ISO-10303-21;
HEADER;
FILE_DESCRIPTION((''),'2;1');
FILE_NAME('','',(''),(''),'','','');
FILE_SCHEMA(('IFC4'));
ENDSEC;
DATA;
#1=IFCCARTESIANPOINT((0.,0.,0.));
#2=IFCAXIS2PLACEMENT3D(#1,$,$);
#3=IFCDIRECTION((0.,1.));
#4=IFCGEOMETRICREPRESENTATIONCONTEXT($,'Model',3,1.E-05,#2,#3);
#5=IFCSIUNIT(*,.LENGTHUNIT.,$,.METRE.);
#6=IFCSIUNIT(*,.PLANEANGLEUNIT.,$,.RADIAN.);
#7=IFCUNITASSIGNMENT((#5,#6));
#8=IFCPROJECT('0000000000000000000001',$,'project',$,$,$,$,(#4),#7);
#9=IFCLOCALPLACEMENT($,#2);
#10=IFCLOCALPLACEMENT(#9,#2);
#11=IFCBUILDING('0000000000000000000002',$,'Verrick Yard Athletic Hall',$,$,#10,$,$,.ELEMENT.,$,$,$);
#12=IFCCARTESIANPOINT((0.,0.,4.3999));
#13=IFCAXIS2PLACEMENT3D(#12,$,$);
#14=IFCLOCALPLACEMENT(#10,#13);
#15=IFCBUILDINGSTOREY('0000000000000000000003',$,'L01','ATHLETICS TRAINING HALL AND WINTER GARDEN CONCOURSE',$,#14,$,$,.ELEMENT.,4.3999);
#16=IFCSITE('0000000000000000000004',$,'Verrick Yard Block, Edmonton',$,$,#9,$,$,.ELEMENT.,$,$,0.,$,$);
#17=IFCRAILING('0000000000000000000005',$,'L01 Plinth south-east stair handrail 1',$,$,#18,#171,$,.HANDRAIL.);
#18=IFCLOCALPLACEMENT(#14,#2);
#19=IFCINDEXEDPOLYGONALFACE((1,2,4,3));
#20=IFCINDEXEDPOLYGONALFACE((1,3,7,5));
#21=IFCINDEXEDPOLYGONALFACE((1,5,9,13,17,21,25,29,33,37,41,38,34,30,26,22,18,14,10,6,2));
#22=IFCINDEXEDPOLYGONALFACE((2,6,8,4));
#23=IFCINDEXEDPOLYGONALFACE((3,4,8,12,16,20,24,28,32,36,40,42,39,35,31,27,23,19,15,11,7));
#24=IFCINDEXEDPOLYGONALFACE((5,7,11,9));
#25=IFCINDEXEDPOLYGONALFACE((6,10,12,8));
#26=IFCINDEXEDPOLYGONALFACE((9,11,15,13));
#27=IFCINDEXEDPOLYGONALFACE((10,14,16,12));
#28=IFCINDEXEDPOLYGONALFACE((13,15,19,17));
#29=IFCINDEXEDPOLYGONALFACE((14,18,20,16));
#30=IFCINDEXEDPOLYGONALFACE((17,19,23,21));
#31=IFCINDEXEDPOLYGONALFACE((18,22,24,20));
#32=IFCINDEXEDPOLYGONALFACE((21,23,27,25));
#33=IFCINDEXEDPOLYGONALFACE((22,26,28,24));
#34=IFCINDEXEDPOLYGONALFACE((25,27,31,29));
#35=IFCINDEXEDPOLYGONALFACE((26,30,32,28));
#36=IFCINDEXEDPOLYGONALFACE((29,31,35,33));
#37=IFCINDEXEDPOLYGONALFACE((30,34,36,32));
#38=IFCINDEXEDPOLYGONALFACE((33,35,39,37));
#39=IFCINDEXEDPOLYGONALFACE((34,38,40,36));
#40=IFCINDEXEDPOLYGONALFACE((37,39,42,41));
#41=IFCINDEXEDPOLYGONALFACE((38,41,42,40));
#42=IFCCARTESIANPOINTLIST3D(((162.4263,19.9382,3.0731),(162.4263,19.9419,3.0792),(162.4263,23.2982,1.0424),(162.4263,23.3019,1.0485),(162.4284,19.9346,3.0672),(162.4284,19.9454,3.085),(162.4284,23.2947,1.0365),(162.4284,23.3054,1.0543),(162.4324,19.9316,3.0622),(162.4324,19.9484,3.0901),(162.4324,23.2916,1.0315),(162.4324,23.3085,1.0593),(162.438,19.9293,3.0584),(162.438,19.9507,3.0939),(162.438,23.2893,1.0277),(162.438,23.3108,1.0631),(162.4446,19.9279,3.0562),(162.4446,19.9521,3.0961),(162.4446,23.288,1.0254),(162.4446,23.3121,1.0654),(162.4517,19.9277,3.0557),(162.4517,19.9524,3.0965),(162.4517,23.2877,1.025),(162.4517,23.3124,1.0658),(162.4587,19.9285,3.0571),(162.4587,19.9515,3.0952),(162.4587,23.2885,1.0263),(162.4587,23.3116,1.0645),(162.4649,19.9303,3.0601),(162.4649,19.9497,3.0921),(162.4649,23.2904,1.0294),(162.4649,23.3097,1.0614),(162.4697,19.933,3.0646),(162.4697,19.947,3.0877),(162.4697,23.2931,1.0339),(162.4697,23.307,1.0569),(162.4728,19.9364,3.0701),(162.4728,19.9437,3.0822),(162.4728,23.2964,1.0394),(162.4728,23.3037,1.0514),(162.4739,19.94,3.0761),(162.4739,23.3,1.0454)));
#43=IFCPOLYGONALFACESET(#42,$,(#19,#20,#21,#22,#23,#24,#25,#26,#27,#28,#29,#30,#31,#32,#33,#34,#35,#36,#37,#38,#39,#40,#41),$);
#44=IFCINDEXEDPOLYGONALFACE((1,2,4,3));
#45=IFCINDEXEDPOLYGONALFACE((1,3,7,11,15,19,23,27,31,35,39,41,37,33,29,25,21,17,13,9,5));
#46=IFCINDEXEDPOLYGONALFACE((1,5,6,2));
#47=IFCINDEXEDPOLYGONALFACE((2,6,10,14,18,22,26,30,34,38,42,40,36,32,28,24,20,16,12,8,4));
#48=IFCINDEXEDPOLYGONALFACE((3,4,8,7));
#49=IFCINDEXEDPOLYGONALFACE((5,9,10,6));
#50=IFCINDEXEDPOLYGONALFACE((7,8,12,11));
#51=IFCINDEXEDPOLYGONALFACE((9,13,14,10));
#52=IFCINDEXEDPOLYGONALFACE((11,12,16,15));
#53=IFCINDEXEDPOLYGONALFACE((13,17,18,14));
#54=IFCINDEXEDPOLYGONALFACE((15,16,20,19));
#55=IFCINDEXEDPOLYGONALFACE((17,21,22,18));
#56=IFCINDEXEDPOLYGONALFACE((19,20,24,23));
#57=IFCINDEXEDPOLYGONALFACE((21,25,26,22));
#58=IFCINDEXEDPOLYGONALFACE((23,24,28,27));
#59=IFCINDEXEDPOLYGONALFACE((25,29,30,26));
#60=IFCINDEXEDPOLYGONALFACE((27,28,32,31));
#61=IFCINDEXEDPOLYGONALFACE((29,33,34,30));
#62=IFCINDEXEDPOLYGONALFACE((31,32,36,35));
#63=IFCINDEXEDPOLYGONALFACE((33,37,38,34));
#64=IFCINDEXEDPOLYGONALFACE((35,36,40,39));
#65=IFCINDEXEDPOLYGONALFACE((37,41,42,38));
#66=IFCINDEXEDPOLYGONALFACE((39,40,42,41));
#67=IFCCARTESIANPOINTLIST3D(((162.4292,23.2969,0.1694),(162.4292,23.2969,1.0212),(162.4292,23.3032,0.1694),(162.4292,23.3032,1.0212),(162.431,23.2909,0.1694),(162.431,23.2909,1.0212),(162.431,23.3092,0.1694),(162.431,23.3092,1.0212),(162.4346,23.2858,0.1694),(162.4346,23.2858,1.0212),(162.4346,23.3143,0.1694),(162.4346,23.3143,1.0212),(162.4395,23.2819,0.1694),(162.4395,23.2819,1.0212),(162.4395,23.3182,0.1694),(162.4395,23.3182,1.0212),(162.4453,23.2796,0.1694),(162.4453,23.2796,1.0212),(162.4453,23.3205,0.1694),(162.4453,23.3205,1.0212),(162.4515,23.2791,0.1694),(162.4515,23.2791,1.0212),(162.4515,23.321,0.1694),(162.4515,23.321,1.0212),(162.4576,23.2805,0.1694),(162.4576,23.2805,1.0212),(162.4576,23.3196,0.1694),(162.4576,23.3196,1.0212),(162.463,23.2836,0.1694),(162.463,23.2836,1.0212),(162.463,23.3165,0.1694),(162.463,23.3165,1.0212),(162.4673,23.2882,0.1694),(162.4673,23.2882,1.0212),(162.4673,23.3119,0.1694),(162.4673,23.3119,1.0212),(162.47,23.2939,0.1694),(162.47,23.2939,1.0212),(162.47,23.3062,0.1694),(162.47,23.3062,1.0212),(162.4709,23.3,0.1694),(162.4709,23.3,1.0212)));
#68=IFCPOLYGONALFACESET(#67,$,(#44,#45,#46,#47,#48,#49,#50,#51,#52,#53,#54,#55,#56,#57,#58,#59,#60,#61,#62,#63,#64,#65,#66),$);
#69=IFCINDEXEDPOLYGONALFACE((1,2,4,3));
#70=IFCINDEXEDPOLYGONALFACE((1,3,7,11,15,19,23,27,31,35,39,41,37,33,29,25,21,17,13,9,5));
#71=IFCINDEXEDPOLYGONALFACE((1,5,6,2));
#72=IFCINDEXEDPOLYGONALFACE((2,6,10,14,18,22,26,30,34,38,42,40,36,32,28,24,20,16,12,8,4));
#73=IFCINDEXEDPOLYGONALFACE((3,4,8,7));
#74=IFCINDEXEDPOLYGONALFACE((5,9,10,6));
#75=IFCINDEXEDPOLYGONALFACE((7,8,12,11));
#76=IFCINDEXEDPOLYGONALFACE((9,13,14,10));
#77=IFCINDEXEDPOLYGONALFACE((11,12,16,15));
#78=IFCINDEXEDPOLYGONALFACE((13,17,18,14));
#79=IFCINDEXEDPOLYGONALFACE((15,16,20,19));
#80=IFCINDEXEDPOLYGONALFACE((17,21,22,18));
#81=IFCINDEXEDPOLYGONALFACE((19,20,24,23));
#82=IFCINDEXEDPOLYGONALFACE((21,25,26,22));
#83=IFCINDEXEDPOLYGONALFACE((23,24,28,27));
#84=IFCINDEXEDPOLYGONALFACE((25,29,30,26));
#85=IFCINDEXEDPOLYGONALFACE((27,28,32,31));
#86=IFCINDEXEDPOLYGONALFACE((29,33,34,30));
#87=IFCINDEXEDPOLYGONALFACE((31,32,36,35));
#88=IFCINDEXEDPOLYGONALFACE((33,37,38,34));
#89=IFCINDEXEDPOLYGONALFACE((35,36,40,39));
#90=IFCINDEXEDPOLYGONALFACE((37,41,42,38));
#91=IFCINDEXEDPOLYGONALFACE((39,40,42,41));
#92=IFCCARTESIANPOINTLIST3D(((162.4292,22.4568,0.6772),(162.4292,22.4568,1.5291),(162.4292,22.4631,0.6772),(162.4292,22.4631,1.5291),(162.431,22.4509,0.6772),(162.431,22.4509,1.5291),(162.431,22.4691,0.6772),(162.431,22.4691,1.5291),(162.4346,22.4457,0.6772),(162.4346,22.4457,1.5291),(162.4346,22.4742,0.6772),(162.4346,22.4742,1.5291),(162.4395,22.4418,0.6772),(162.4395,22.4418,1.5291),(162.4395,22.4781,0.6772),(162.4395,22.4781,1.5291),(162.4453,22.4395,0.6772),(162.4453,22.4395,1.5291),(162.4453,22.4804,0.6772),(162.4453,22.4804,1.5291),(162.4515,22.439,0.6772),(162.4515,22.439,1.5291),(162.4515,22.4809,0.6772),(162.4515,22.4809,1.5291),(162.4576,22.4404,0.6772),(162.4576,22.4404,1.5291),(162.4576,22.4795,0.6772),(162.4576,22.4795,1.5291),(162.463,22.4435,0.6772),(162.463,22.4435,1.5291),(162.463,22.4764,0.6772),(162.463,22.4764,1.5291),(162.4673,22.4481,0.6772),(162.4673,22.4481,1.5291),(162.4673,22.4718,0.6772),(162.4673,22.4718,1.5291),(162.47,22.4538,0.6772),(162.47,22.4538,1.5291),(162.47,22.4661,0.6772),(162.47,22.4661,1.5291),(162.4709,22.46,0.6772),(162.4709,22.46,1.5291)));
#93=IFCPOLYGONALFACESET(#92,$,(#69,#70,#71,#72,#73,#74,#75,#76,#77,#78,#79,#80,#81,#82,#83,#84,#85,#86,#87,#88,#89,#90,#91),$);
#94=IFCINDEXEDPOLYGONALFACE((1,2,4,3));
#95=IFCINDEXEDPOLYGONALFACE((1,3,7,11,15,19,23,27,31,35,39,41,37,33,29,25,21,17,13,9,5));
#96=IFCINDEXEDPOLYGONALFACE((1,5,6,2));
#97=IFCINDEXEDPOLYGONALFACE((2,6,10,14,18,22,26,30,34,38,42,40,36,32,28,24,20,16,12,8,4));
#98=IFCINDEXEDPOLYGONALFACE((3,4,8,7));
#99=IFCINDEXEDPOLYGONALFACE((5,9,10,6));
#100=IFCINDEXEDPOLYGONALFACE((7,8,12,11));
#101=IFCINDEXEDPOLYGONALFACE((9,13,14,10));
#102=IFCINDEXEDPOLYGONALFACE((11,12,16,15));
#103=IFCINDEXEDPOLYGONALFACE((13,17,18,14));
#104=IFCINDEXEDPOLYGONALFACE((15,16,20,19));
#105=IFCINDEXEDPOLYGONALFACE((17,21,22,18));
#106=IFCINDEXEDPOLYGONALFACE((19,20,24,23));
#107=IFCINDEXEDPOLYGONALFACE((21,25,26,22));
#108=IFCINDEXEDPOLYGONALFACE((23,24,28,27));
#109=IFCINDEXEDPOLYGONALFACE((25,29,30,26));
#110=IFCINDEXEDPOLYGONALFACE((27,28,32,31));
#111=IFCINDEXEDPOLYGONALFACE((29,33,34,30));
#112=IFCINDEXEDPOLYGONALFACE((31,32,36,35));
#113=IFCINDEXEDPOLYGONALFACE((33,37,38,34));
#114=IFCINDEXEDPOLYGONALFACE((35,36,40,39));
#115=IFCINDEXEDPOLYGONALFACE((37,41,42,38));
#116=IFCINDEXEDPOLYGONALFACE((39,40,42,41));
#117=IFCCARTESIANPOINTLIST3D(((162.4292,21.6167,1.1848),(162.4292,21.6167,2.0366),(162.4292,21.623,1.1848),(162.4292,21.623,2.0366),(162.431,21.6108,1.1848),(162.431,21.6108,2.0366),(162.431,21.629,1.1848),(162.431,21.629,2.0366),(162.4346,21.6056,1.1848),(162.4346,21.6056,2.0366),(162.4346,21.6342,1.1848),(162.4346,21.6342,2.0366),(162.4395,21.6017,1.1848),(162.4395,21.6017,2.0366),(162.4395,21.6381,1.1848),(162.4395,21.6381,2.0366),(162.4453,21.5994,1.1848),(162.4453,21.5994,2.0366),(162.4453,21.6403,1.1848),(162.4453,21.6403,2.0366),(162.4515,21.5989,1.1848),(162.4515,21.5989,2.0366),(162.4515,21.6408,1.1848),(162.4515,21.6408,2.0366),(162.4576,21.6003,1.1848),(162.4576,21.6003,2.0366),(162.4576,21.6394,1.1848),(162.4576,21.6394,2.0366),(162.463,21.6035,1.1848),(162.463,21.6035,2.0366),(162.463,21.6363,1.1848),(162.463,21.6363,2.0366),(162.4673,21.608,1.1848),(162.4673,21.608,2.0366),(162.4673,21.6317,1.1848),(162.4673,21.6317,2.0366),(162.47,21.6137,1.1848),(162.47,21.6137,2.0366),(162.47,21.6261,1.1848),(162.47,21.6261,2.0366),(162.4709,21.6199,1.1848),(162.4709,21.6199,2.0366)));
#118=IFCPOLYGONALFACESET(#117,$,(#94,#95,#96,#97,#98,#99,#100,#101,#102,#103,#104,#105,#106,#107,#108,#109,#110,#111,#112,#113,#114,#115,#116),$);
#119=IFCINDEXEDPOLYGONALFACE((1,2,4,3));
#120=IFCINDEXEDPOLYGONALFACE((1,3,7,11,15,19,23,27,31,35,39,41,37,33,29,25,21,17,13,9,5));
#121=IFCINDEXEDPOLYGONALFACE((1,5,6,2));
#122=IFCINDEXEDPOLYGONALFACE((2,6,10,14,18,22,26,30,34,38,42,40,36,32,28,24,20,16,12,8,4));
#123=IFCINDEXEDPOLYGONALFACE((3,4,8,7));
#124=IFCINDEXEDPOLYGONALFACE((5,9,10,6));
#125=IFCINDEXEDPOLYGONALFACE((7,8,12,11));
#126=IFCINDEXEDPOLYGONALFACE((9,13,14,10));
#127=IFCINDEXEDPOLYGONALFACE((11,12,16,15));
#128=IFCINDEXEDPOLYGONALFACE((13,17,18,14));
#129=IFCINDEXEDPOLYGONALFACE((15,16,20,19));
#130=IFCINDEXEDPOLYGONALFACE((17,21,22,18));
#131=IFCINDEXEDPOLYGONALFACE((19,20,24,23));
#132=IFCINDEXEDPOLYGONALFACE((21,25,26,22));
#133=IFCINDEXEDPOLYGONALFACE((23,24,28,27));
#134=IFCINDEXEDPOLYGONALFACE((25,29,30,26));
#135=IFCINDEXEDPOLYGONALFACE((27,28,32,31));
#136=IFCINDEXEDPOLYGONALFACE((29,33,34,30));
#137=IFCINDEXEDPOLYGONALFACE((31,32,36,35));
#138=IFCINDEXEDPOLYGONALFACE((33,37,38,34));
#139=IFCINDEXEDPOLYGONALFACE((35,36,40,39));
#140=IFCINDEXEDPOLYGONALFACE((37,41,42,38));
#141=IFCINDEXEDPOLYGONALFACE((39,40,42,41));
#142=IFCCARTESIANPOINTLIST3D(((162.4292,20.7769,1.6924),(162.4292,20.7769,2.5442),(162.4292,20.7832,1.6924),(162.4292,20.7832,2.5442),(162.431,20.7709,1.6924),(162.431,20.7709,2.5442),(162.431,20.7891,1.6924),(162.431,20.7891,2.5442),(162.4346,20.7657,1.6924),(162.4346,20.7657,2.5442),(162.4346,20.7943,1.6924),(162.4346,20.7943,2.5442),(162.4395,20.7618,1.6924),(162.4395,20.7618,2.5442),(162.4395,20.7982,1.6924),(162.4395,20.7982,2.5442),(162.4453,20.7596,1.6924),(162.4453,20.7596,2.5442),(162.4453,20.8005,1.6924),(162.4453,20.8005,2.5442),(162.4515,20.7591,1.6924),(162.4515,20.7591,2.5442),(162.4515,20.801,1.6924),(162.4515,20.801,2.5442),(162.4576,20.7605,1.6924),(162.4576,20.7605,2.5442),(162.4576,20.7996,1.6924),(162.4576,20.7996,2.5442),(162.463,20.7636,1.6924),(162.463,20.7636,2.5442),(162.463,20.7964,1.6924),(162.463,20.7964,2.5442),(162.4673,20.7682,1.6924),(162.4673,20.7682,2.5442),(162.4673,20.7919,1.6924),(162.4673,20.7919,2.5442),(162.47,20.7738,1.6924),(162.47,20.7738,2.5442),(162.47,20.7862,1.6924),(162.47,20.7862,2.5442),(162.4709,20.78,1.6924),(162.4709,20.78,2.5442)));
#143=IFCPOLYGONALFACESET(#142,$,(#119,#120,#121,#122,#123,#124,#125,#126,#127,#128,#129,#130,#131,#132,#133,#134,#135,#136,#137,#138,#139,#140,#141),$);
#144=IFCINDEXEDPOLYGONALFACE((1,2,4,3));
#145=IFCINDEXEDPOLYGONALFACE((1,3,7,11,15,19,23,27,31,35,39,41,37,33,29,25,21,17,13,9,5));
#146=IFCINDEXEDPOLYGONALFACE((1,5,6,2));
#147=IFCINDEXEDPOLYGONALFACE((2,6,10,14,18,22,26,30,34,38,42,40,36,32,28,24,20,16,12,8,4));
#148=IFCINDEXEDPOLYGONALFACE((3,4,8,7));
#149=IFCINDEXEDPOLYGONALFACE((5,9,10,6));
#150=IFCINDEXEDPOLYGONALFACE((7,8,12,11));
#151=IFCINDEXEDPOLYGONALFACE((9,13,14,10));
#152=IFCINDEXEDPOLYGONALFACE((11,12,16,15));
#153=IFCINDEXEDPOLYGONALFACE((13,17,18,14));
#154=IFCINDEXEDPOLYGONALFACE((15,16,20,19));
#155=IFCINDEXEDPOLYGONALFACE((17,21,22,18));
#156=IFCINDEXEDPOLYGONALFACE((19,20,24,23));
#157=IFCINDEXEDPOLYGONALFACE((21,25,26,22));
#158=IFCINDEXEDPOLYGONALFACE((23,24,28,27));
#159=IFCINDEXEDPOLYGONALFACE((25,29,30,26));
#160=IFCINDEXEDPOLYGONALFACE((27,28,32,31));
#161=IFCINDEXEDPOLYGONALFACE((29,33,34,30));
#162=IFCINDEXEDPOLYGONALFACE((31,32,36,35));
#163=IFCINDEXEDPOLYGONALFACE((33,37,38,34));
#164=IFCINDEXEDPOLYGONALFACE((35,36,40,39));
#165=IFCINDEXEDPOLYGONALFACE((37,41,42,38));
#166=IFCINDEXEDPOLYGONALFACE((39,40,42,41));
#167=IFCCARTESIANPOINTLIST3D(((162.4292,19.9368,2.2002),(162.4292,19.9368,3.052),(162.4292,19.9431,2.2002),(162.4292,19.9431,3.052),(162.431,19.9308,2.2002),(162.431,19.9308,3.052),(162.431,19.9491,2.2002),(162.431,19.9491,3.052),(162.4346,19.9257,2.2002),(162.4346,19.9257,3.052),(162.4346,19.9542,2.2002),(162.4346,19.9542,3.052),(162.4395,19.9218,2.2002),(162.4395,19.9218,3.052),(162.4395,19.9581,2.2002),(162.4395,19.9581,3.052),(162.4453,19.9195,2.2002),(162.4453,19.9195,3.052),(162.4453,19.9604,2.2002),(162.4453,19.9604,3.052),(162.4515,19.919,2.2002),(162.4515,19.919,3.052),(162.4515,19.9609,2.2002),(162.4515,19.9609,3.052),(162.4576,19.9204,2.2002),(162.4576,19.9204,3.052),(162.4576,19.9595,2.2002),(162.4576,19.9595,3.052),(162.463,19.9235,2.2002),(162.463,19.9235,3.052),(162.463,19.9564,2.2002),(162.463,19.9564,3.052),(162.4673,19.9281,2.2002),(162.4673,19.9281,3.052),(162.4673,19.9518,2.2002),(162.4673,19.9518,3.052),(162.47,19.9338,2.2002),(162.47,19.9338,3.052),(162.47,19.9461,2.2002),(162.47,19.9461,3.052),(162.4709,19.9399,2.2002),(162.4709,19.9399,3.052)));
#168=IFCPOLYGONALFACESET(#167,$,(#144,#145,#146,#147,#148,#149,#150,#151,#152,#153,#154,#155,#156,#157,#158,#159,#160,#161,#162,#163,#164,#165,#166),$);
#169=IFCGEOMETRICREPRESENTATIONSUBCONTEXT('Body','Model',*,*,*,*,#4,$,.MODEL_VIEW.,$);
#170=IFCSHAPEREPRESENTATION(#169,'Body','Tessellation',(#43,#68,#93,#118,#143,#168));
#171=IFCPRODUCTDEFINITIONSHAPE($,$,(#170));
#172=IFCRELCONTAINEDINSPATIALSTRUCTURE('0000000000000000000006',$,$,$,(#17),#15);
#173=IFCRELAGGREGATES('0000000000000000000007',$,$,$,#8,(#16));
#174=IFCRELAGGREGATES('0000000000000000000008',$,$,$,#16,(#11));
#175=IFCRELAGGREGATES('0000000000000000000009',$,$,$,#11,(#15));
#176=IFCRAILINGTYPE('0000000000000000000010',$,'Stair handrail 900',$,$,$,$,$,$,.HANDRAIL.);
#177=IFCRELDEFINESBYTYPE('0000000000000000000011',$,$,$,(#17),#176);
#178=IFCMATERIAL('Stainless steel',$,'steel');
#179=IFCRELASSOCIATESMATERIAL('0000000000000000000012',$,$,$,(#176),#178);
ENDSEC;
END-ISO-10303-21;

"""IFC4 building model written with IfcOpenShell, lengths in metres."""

from ifc_helpers import new_model, si_unit, direction, frame, origin, origin_2d, place, context, subcontext, project, spatial, circle, extrude, material, type_object, element, save


model = new_model("IFC4")

# Units and contexts
model_context = context("Model", 3, precision=1e-05, world=origin(), true_north=direction((0.0, 1.0)))
body_context = subcontext(model_context, "Body", "Model", "MODEL_VIEW")
ifc_project = project(units=[si_unit("LENGTHUNIT", "METRE"), si_unit("PLANEANGLEUNIT", "RADIAN")], contexts=[model_context])

# Site, building, storey
site_placement = place(None, origin())
site = spatial("IfcSite", under=ifc_project, at=site_placement, Name="Verrick Yard Block, Edmonton", CompositionType="ELEMENT", RefElevation=0.0)
building_placement = place(site_placement, origin())
building = spatial("IfcBuilding", under=site, at=building_placement, Name="Verrick Yard Athletic Hall", CompositionType="ELEMENT")
storey_placement = place(building_placement, frame((0.0, 0.0, 4.3999)))
storey = spatial("IfcBuildingStorey", under=building, at=storey_placement, Name="L01", Description="ATHLETICS TRAINING HALL AND WINTER GARDEN CONCOURSE", CompositionType="ELEMENT", Elevation=4.3999)

# Railing
ifc_material_1 = material(Name="Stainless steel", Category="steel")
railing_type_1 = type_object("IfcRailingType", Name="Stair handrail 900", PredefinedType="HANDRAIL", material=ifc_material_1)
railing_1_placement = place(storey_placement, frame((162.45, 23.3, 0.1694)))
element("IfcRailing", 1, at=railing_1_placement, inside=storey, type_object=railing_type_1, Name="L01 Plinth south-east stair handrail 1", PredefinedType="HANDRAIL", context=body_context, shape_type="SweptSolid", body=[
    extrude(circle(Radius=0.0239, at=origin_2d()), frame((0.0, 0.0, 0.876), z_axis=(0.0, -0.855837, 0.517246), x_axis=(1.0, 0.0, 0.0)), (0.0, 0.0, 1.0), 3.926),
    extrude(circle(Radius=0.021, at=origin_2d()), origin(), (0.0, 0.0, 1.0), 0.8518),
    extrude(circle(Radius=0.021, at=origin_2d()), frame((0.0, -0.8401, 0.5078)), (0.0, 0.0, 1.0), 0.8518),
    extrude(circle(Radius=0.021, at=origin_2d()), frame((0.0, -1.6802, 1.0154)), (0.0, 0.0, 1.0), 0.8518),
    extrude(circle(Radius=0.021, at=origin_2d()), frame((0.0, -2.52, 1.5229)), (0.0, 0.0, 1.0), 0.8518),
    extrude(circle(Radius=0.021, at=origin_2d()), frame((0.0, -3.3601, 2.0308)), (0.0, 0.0, 1.0), 0.8518),
])

save(model, "model.ifc")
